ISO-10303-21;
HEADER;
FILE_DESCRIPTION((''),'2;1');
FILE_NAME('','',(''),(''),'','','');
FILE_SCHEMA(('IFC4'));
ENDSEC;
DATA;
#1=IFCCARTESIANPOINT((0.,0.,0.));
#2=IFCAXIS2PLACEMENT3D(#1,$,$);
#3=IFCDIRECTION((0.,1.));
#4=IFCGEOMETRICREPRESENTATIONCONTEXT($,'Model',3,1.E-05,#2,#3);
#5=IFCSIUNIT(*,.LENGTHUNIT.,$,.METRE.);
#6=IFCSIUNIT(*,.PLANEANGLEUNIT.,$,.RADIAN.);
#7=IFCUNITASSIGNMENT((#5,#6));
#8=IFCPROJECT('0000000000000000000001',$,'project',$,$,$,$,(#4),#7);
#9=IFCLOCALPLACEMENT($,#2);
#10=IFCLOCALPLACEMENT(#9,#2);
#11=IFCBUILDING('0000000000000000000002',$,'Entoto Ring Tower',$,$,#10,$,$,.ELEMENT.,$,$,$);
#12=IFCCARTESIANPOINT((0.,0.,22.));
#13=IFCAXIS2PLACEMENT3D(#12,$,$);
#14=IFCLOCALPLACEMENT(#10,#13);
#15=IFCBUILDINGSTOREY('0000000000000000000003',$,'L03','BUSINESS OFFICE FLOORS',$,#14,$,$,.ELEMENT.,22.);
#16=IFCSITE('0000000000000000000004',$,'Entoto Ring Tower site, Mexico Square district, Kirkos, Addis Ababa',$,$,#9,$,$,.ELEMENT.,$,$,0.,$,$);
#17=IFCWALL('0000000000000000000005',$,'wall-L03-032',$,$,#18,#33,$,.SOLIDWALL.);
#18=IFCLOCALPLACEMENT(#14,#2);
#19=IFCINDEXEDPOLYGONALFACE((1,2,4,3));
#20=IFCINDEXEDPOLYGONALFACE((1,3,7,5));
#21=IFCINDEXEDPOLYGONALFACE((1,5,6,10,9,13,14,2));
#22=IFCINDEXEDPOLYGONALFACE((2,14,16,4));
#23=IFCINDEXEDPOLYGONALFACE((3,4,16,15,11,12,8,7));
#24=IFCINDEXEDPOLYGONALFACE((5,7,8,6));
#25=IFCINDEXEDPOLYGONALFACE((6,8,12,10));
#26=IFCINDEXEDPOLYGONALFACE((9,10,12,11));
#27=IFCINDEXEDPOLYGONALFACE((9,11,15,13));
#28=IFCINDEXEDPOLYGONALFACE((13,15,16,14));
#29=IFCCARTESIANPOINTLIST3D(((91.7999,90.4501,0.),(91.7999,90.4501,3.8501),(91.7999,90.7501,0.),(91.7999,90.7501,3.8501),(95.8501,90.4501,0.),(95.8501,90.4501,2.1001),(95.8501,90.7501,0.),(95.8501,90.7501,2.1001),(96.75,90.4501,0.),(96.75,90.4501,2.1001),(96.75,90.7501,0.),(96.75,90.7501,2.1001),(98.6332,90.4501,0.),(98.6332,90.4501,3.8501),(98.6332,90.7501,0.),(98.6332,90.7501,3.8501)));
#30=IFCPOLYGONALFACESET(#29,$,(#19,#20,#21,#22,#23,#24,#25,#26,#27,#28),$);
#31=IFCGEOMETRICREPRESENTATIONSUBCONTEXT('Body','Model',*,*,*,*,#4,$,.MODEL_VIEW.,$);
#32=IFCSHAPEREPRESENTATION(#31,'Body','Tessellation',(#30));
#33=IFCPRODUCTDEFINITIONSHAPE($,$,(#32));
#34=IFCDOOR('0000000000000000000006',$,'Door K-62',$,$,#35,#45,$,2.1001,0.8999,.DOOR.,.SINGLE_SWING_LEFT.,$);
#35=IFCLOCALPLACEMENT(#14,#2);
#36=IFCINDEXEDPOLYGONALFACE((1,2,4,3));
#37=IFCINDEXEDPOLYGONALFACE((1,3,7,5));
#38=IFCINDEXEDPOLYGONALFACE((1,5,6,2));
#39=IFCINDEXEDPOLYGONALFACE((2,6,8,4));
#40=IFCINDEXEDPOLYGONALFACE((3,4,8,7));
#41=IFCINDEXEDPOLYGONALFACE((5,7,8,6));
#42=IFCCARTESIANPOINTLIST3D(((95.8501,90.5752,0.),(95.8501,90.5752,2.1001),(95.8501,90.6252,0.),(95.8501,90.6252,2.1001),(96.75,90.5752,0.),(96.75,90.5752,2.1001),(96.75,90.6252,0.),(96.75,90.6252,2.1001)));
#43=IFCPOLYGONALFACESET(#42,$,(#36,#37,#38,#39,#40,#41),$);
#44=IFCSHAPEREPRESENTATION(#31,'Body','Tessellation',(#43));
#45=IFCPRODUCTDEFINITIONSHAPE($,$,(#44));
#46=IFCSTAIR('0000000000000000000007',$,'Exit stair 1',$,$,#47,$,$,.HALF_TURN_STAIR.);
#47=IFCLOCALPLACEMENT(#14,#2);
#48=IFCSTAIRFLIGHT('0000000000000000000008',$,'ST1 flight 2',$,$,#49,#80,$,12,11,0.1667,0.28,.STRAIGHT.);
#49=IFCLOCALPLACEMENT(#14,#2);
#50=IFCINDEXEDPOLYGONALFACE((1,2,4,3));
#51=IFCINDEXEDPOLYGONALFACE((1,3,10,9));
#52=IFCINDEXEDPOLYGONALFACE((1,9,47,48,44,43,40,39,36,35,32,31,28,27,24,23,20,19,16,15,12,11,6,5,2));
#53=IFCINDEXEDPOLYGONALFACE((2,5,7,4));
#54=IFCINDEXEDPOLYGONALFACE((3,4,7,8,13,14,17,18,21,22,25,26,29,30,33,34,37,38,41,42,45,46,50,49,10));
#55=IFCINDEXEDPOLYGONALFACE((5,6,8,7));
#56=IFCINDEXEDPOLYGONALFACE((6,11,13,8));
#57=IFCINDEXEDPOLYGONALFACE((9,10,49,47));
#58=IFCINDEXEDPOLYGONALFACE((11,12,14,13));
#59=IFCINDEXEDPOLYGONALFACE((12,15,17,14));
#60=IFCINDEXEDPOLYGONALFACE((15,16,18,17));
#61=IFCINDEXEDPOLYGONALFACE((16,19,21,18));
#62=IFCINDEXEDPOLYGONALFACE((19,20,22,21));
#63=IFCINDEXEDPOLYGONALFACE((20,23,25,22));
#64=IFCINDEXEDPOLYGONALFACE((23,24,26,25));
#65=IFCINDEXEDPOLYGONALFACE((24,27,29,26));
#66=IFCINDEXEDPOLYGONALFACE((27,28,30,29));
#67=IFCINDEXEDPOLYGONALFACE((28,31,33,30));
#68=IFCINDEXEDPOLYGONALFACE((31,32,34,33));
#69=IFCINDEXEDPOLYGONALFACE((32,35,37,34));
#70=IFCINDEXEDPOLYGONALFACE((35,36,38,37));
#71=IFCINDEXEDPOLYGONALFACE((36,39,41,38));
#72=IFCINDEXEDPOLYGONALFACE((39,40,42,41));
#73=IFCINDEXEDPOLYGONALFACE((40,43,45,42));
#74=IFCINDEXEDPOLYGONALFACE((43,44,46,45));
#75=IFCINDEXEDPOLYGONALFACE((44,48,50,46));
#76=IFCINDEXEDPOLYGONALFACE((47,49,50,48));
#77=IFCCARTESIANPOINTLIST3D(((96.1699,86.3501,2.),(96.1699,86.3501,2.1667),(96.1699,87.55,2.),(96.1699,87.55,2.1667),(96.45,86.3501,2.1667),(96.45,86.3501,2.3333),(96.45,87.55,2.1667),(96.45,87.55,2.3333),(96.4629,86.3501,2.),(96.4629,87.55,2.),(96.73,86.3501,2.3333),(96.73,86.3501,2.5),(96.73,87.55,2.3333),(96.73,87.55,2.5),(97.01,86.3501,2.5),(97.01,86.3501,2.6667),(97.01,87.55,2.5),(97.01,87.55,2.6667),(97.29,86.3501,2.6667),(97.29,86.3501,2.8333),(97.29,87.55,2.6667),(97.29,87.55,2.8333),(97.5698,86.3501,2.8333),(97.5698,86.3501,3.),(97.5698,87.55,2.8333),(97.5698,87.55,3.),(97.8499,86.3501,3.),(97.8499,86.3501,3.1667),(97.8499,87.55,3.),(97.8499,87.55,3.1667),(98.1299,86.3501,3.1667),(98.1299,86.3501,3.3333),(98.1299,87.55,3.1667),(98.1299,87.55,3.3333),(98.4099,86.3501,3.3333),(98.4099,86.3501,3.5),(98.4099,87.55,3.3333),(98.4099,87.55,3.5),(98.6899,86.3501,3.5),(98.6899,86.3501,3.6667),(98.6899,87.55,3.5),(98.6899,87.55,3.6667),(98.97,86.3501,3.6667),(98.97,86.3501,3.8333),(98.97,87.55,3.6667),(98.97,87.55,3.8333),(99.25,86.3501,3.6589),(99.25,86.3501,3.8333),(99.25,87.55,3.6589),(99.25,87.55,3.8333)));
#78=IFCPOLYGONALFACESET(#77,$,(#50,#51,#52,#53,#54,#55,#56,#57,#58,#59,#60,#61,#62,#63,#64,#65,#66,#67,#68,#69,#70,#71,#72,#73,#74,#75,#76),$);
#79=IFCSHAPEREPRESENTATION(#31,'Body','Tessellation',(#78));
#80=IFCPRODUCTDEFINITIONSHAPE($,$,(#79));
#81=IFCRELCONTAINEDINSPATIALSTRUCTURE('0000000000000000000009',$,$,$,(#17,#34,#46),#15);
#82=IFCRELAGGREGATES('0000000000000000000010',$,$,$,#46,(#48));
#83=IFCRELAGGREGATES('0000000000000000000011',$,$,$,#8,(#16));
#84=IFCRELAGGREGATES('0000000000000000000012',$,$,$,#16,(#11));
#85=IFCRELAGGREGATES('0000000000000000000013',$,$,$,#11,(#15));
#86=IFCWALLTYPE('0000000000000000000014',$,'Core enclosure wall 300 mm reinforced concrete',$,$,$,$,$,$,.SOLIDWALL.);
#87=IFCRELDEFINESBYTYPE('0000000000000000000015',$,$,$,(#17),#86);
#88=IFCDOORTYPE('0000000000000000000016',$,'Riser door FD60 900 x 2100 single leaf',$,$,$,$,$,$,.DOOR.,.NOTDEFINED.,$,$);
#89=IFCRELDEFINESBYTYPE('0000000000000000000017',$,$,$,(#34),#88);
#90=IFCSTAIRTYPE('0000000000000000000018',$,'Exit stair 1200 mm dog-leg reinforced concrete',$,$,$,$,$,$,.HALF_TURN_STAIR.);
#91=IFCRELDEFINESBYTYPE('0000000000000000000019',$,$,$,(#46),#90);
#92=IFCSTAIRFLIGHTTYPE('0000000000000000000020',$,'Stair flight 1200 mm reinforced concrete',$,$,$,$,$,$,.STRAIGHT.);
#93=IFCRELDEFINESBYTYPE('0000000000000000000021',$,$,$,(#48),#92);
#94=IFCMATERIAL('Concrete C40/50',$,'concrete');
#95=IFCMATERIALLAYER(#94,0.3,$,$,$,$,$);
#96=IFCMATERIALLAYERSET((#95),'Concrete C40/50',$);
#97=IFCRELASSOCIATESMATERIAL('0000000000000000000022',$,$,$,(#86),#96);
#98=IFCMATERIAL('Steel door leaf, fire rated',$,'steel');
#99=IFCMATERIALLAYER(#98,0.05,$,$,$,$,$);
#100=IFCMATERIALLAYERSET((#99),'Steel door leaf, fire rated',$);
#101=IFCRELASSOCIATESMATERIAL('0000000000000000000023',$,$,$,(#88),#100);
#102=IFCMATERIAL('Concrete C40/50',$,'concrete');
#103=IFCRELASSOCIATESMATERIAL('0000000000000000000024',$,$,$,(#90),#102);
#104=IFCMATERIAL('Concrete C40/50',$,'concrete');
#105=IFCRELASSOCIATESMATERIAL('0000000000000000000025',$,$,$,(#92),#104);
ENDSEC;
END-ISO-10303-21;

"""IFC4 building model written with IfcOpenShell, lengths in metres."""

from ifc_helpers import new_model, si_unit, direction, frame, frame_2d, origin, place, context, subcontext, project, spatial, polyline, rectangle, outline, extrude, material, layer, layer_set, type_object, element, fill, aggregate, save


model = new_model("IFC4")

# Units and contexts
model_context = context("Model", 3, precision=1e-05, world=origin(), true_north=direction((0.0, 1.0)))
body_context = subcontext(model_context, "Body", "Model", "MODEL_VIEW")
ifc_project = project(units=[si_unit("LENGTHUNIT", "METRE"), si_unit("PLANEANGLEUNIT", "RADIAN")], contexts=[model_context])

# Site, building, storey
site_placement = place(None, origin())
site = spatial("IfcSite", under=ifc_project, at=site_placement, Name="Entoto Ring Tower site, Mexico Square district, Kirkos, Addis Ababa", CompositionType="ELEMENT", RefElevation=0.0)
building_placement = place(site_placement, origin())
building = spatial("IfcBuilding", under=site, at=building_placement, Name="Entoto Ring Tower", CompositionType="ELEMENT")
storey_placement = place(building_placement, frame((0.0, 0.0, 22.0)))
storey = spatial("IfcBuildingStorey", under=building, at=storey_placement, Name="L03", Description="BUSINESS OFFICE FLOORS", CompositionType="ELEMENT", Elevation=22.0)

# Shared definitions
ifc_material_1 = material(Name="Concrete C40/50", Category="concrete")
ifc_layer_1 = layer(ifc_material_1, 0.3)
ifc_layer_set_1 = layer_set([ifc_layer_1], Name="Concrete C40/50")
wall_type = type_object("IfcWallType", Name="Core enclosure wall 300 mm reinforced concrete", PredefinedType="SOLIDWALL", material=ifc_layer_set_1)

# Wall, opening, door
wall_1_placement = place(storey_placement, frame((91.8, 90.6001, 0.0), z_axis=(0.0, 0.0, 1.0), x_axis=(1.0, 0.0, 0.0)))
wall_1 = element("IfcWall", 1, at=wall_1_placement, inside=storey, type_object=wall_type, Name="wall-L03-032", PredefinedType="SOLIDWALL", context=body_context, shape_type="SweptSolid", body=[
    extrude(rectangle(XDim=6.8333, YDim=0.3, at=frame_2d((3.4165, 0.0))), origin(), (0.0, 0.0, 1.0), 3.8501),
])
opening_1_placement = place(wall_1_placement, frame((4.05, 0.0, 0.0)))
opening_1 = element("IfcOpeningElement", 2, at=opening_1_placement, cuts=wall_1, PredefinedType="OPENING", context=body_context, shape_type="SweptSolid", body=[
    extrude(rectangle(XDim=0.8999, YDim=2.1001, at=frame_2d((0.45, 1.05))), frame((0.0, 0.1602, 0.0), z_axis=(0.0, -1.0, 0.0), x_axis=(1.0, 0.0, 0.0)), (0.0, 0.0, 1.0), 0.3201),
])
ifc_material_2 = material(Name="Steel door leaf, fire rated", Category="steel")
ifc_layer_2 = layer(ifc_material_2, 0.05)
ifc_layer_set_2 = layer_set([ifc_layer_2], Name="Steel door leaf, fire rated")
door_type_1 = type_object("IfcDoorType", Name="Riser door FD60 900 x 2100 single leaf", OperationType="NOTDEFINED", PredefinedType="DOOR", material=ifc_layer_set_2)
door_1_placement = place(opening_1_placement, frame((0.8999, 0.0, 0.0), z_axis=(0.0, 0.0, 1.0), x_axis=(-1.0, 0.0, 0.0)))
door_1 = element("IfcDoor", 3, at=door_1_placement, inside=storey, type_object=door_type_1, Name="Door K-62", OperationType="SINGLE_SWING_LEFT", OverallHeight=2.1001, OverallWidth=0.8999, PredefinedType="DOOR", context=body_context, shape_type="SweptSolid", body=[
    extrude(rectangle(XDim=0.8999, YDim=2.1001, at=frame_2d((0.45, 1.05))), frame((0.0, 0.0249, 0.0), z_axis=(0.0, -1.0, 0.0), x_axis=(1.0, 0.0, 0.0)), (0.0, 0.0, 1.0), 0.05),
])
fill(opening_1, door_1)

# Stair, stair flight
ifc_material_3 = material(Name="Concrete C40/50", Category="concrete")
stair_type = type_object("IfcStairType", Name="Exit stair 1200 mm dog-leg reinforced concrete", PredefinedType="HALF_TURN_STAIR", material=ifc_material_3)
stair_placement = place(storey_placement, origin())
stair = element("IfcStair", 4, at=stair_placement, inside=storey, type_object=stair_type, Name="Exit stair 1", PredefinedType="HALF_TURN_STAIR")
ifc_material_4 = material(Name="Concrete C40/50", Category="concrete")
stair_flight_type = type_object("IfcStairFlightType", Name="Stair flight 1200 mm reinforced concrete", PredefinedType="STRAIGHT", material=ifc_material_4)
stair_flight_placement = place(storey_placement, frame((96.1699, 86.95, 2.0), z_axis=(0.0, 0.0, 1.0), x_axis=(1.0, 0.0, 0.0)))
stair_flight = element("IfcStairFlight", 5, at=stair_flight_placement, type_object=stair_flight_type, Name="ST1 flight 2", NumberOfRisers=12, NumberOfTreads=11, PredefinedType="STRAIGHT", RiserHeight=0.1667, TreadLength=0.28, context=body_context, shape_type="SweptSolid", body=[
    extrude(outline(polyline([(0.0, 0.0), (0.0, 0.1667), (0.28, 0.1667), (0.28, 0.3333), (0.5601, 0.3333), (0.5601, 0.5), (0.8401, 0.5), (0.8401, 0.6667), (1.1201, 0.6667), (1.1201, 0.8333), (1.3999, 0.8333), (1.3999, 1.0), (1.6799, 1.0), (1.6799, 1.1667), (1.96, 1.1667), (1.96, 1.3333), (2.24, 1.3333), (2.24, 1.5), (2.52, 1.5), (2.52, 1.6667), (2.8, 1.6667), (2.8, 1.8333), (3.0801, 1.8333), (3.0801, 2.0), (3.0801, 1.6589), (0.293, 0.0), (0.0, 0.0)])), frame((0.0, 0.6001, 0.0), z_axis=(0.0, -1.0, 0.0), x_axis=(1.0, 0.0, 0.0)), (0.0, 0.0, 1.0), 1.2),
])
aggregate(stair, [stair_flight])

save(model, "model.ifc")
